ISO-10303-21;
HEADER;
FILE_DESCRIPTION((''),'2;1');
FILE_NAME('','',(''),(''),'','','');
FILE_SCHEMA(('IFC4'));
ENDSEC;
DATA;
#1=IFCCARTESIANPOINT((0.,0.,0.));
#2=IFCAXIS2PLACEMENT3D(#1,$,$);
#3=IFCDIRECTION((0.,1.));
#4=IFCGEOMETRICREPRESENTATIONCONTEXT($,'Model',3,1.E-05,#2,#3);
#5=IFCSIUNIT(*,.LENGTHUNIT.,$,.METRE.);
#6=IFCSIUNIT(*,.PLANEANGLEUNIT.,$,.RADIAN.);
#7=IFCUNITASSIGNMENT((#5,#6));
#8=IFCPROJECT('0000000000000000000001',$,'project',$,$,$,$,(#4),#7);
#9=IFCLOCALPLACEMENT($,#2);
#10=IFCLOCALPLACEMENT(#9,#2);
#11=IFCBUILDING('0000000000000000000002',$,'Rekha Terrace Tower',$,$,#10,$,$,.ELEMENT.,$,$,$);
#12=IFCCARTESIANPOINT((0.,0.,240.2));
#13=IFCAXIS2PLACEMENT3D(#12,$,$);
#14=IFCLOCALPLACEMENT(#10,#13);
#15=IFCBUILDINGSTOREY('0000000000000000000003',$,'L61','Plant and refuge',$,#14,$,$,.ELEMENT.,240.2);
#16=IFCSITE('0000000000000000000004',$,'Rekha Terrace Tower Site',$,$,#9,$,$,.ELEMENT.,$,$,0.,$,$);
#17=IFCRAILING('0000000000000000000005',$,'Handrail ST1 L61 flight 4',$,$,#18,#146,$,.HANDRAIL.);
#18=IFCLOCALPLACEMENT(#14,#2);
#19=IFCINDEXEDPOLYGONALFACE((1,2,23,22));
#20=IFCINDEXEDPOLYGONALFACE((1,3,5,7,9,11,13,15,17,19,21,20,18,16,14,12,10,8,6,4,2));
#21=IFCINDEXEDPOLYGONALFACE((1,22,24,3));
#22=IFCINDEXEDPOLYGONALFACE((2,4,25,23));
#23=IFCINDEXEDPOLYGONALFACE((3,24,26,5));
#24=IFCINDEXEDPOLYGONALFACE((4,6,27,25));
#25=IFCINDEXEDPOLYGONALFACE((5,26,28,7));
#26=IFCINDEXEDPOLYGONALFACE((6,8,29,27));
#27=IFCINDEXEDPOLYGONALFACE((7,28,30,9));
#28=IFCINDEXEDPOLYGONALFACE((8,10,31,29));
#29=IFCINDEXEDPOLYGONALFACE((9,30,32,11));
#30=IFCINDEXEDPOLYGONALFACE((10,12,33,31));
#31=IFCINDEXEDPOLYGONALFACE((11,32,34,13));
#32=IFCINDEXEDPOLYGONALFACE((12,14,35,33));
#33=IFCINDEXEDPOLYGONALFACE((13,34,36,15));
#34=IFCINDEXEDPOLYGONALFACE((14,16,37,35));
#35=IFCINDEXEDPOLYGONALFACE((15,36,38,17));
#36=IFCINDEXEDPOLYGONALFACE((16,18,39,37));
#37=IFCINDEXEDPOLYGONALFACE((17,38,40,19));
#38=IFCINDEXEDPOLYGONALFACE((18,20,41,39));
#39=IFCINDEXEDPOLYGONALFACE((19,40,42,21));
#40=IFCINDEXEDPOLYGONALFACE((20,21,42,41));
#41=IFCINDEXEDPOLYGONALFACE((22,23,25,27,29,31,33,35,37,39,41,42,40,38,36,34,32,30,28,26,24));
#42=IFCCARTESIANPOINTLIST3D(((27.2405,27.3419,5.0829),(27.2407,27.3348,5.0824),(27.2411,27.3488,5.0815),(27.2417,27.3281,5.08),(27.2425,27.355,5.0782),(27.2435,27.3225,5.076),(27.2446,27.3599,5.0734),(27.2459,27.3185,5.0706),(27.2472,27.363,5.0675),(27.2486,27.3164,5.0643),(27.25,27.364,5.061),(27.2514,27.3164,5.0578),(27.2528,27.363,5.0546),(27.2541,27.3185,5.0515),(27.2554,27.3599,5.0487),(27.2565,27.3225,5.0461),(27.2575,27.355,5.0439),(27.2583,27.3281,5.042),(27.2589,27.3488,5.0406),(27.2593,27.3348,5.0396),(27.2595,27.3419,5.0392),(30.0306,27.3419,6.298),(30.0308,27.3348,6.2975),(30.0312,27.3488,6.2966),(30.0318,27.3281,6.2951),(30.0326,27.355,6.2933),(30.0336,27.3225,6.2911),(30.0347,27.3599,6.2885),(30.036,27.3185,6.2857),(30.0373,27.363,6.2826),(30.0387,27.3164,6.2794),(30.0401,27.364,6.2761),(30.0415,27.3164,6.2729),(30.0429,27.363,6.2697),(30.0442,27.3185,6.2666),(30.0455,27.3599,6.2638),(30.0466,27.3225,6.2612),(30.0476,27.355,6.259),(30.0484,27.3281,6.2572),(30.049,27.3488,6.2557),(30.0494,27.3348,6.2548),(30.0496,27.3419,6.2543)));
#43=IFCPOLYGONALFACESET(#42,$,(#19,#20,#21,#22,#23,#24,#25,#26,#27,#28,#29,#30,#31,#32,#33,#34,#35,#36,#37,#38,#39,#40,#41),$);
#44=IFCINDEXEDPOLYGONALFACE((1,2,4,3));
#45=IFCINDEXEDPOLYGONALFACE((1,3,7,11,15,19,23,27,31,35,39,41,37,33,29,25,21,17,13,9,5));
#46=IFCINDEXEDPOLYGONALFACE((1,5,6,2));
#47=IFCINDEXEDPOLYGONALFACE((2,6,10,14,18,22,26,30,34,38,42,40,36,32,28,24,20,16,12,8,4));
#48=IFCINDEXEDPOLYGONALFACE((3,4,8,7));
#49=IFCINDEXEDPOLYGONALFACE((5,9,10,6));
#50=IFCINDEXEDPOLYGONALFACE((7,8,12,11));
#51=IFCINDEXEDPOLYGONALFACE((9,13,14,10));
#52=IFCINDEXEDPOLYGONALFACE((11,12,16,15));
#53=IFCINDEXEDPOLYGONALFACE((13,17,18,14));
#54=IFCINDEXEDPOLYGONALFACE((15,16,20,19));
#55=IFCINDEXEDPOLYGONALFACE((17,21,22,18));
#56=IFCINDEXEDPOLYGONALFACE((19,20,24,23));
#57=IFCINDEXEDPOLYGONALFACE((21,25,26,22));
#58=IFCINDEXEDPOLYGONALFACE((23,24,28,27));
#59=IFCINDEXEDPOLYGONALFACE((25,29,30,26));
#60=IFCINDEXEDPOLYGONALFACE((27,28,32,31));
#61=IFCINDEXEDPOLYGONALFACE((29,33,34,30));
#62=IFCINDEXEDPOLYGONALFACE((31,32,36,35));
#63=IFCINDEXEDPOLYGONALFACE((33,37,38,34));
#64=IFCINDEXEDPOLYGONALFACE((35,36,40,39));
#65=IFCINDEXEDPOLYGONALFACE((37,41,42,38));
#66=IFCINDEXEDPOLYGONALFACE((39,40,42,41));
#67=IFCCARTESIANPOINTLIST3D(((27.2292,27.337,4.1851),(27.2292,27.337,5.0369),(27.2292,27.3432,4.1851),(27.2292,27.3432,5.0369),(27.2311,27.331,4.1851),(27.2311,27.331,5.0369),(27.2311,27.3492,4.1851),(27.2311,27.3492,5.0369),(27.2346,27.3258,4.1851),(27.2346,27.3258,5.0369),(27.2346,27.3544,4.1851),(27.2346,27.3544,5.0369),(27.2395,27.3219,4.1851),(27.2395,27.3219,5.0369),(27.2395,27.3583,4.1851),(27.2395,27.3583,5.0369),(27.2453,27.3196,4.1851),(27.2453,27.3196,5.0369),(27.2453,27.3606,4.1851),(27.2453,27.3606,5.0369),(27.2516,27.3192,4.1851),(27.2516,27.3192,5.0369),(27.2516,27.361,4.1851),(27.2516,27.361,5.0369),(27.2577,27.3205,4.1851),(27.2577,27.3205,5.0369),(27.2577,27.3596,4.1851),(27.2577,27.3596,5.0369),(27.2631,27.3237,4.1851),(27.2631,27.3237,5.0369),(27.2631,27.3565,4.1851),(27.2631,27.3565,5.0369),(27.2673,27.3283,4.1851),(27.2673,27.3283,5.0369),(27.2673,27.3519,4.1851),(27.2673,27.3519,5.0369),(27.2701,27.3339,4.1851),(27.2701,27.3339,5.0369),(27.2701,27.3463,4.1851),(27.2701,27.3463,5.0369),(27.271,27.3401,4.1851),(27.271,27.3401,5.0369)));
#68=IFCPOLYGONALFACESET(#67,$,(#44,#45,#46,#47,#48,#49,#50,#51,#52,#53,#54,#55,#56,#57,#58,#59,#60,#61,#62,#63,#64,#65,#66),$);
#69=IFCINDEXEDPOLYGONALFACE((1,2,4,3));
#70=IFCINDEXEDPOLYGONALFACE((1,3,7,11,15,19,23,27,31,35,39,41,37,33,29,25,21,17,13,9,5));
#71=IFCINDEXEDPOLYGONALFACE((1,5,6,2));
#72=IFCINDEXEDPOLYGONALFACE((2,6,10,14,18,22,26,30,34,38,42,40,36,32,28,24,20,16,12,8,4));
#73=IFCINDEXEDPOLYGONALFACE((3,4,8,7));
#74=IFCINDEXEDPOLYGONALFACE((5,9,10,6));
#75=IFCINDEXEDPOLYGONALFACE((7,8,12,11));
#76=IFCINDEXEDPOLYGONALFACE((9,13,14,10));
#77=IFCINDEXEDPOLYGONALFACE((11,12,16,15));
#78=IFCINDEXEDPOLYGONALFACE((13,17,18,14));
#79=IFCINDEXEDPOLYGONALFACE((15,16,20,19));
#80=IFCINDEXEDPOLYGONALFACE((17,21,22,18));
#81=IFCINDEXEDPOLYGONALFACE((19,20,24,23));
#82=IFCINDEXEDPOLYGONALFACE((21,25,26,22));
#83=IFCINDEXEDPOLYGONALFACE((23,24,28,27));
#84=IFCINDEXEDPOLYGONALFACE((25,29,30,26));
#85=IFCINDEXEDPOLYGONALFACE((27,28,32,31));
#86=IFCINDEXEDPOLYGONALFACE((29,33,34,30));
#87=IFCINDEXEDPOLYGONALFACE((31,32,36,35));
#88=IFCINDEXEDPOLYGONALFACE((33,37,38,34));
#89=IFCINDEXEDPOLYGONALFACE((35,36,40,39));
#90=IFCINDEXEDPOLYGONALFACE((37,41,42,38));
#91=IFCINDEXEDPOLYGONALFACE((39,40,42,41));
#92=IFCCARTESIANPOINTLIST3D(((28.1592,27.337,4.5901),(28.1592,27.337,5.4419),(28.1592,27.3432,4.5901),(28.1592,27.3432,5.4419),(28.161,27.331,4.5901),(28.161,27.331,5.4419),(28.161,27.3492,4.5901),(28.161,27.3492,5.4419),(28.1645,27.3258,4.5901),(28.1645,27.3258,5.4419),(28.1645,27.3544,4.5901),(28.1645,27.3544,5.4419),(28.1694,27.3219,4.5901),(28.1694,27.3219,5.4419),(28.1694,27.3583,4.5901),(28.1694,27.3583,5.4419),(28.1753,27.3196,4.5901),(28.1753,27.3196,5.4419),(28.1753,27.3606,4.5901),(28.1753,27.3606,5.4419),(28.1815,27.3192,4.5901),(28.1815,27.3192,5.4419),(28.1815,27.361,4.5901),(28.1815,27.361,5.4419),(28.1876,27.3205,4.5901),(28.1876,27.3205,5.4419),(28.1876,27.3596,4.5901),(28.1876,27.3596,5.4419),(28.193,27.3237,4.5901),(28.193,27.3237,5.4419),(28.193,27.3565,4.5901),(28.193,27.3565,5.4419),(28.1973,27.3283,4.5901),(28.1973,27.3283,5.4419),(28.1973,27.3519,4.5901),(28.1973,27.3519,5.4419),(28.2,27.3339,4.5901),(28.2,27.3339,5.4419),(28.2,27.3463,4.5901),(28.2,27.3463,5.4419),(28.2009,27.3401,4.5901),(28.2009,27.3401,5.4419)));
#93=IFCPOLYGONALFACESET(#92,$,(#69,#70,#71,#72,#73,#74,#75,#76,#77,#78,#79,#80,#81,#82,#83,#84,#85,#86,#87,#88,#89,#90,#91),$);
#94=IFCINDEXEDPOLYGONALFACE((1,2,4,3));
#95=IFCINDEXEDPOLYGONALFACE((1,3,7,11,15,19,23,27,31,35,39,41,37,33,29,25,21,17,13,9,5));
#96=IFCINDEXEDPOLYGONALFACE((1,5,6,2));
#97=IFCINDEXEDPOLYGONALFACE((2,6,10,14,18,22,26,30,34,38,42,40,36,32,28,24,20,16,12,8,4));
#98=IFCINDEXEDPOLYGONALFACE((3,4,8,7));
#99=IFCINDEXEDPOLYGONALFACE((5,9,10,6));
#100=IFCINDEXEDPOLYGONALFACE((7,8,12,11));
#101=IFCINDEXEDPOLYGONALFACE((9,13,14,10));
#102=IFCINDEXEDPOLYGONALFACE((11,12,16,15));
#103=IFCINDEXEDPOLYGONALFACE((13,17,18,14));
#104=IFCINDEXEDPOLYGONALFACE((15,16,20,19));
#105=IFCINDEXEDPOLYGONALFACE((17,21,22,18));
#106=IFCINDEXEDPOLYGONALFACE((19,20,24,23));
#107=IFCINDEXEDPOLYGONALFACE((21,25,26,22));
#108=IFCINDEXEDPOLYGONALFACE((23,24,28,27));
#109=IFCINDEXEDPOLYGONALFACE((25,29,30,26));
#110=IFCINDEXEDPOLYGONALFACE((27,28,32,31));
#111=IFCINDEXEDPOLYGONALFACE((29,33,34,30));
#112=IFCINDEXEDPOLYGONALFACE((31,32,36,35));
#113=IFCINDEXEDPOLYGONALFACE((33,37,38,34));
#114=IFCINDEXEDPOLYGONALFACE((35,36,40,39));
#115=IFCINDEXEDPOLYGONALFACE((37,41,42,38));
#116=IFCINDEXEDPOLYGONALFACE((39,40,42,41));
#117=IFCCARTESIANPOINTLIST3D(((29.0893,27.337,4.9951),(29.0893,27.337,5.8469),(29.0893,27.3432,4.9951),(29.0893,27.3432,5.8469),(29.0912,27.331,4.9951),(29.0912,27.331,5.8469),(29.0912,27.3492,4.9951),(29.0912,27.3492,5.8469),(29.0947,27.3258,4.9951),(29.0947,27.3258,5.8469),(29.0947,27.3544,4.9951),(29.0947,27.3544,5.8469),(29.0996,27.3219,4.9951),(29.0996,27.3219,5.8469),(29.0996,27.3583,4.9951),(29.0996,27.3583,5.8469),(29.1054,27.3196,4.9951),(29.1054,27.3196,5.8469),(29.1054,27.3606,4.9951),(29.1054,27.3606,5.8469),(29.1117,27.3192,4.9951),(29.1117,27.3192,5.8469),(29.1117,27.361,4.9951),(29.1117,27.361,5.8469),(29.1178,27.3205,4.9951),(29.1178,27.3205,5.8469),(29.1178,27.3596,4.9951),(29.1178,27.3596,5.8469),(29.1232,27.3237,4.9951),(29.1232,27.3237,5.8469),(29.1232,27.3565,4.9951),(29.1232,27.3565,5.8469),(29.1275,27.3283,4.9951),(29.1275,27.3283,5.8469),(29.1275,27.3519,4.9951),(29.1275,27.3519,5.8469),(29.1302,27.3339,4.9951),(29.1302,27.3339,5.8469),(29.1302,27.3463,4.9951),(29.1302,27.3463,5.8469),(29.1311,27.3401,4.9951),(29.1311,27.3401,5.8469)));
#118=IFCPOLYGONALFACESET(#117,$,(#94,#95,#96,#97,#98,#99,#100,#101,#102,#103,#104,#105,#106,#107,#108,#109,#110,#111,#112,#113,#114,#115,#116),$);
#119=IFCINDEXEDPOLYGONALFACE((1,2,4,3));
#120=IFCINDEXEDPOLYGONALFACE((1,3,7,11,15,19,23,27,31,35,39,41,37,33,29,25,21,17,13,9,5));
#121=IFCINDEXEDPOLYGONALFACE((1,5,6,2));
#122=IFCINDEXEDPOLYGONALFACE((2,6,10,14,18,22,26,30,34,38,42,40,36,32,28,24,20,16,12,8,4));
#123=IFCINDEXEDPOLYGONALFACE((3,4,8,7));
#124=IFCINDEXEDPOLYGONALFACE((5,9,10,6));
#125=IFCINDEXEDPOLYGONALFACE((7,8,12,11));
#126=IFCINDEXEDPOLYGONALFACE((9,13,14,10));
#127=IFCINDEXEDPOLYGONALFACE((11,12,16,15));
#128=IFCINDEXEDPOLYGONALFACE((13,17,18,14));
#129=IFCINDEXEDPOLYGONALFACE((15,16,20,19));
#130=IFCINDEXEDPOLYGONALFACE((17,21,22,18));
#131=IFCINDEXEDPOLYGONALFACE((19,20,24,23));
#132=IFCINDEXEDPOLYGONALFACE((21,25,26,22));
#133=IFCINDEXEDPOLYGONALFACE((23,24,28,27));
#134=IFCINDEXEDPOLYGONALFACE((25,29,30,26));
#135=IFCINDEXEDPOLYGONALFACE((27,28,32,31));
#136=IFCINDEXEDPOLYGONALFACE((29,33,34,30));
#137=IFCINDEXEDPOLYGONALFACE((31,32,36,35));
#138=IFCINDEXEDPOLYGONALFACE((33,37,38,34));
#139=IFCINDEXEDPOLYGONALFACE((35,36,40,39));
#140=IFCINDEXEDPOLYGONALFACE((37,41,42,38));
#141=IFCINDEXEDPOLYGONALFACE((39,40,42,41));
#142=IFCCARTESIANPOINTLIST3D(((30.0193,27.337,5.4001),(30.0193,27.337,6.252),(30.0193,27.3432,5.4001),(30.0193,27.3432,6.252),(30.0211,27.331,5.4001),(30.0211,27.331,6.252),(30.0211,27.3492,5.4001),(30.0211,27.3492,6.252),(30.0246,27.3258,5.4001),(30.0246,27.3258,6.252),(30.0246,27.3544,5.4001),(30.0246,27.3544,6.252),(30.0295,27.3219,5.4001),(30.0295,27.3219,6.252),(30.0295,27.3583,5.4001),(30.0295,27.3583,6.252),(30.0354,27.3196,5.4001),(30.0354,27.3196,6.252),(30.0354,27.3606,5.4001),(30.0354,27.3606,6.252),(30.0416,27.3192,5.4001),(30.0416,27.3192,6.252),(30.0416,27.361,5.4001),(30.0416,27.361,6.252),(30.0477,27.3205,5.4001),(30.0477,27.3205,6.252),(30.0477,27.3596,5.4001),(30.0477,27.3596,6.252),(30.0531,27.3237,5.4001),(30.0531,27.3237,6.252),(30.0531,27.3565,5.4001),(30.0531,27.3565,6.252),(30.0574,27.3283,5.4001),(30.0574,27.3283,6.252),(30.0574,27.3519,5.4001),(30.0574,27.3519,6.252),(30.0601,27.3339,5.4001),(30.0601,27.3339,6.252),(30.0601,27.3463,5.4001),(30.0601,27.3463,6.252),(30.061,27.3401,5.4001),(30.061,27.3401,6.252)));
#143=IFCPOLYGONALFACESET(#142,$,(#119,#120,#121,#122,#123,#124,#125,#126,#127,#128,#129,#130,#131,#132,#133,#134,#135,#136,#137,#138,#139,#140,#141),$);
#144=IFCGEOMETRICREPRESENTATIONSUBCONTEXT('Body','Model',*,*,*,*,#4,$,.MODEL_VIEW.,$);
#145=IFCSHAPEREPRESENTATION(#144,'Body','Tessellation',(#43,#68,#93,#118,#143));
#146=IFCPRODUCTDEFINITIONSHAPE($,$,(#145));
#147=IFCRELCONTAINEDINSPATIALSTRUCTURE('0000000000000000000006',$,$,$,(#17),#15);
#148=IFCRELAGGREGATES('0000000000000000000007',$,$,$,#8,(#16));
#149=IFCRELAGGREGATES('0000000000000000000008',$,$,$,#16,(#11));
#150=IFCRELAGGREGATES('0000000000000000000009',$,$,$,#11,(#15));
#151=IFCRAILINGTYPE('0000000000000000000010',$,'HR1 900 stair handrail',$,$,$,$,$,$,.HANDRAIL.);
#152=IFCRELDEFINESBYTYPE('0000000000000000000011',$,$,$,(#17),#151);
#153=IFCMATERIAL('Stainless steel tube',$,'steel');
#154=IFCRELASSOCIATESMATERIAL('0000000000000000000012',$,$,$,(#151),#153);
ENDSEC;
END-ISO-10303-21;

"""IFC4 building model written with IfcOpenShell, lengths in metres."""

from ifc_helpers import new_model, si_unit, direction, frame, origin, origin_2d, place, context, subcontext, project, spatial, circle, extrude, material, type_object, element, save


model = new_model("IFC4")

# Units and contexts
model_context = context("Model", 3, precision=1e-05, world=origin(), true_north=direction((0.0, 1.0)))
body_context = subcontext(model_context, "Body", "Model", "MODEL_VIEW")
ifc_project = project(units=[si_unit("LENGTHUNIT", "METRE"), si_unit("PLANEANGLEUNIT", "RADIAN")], contexts=[model_context])

# Site, building, storey
site_placement = place(None, origin())
site = spatial("IfcSite", under=ifc_project, at=site_placement, Name="Rekha Terrace Tower Site", CompositionType="ELEMENT", RefElevation=0.0)
building_placement = place(site_placement, origin())
building = spatial("IfcBuilding", under=site, at=building_placement, Name="Rekha Terrace Tower", CompositionType="ELEMENT")
storey_placement = place(building_placement, frame((0.0, 0.0, 240.2)))
storey = spatial("IfcBuildingStorey", under=building, at=storey_placement, Name="L61", Description="Plant and refuge", CompositionType="ELEMENT", Elevation=240.2)

# Railing
ifc_material_1 = material(Name="Stainless steel tube", Category="steel")
railing_type_1 = type_object("IfcRailingType", Name="HR1 900 stair handrail", PredefinedType="HANDRAIL", material=ifc_material_1)
railing_1_placement = place(storey_placement, frame((27.25, 27.3401, 4.1851)))
element("IfcRailing", 1, at=railing_1_placement, inside=storey, type_object=railing_type_1, Name="Handrail ST1 L61 flight 4", PredefinedType="HANDRAIL", context=body_context, shape_type="SweptSolid", body=[
    extrude(circle(Radius=0.0239, at=origin_2d()), frame((0.0, 0.0, 0.876), z_axis=(0.916826, 0.0, 0.399286), x_axis=(0.0, 1.0, 0.0)), (0.0, 0.0, 1.0), 3.0432),
    extrude(circle(Radius=0.021, at=origin_2d()), origin(), (0.0, 0.0, 1.0), 0.8518),
    extrude(circle(Radius=0.021, at=origin_2d()), frame((0.9299, 0.0, 0.405)), (0.0, 0.0, 1.0), 0.8518),
    extrude(circle(Radius=0.021, at=origin_2d()), frame((1.8601, 0.0, 0.8101)), (0.0, 0.0, 1.0), 0.8518),
    extrude(circle(Radius=0.021, at=origin_2d()), frame((2.79, 0.0, 1.2151)), (0.0, 0.0, 1.0), 0.8518),
])

save(model, "model.ifc")
